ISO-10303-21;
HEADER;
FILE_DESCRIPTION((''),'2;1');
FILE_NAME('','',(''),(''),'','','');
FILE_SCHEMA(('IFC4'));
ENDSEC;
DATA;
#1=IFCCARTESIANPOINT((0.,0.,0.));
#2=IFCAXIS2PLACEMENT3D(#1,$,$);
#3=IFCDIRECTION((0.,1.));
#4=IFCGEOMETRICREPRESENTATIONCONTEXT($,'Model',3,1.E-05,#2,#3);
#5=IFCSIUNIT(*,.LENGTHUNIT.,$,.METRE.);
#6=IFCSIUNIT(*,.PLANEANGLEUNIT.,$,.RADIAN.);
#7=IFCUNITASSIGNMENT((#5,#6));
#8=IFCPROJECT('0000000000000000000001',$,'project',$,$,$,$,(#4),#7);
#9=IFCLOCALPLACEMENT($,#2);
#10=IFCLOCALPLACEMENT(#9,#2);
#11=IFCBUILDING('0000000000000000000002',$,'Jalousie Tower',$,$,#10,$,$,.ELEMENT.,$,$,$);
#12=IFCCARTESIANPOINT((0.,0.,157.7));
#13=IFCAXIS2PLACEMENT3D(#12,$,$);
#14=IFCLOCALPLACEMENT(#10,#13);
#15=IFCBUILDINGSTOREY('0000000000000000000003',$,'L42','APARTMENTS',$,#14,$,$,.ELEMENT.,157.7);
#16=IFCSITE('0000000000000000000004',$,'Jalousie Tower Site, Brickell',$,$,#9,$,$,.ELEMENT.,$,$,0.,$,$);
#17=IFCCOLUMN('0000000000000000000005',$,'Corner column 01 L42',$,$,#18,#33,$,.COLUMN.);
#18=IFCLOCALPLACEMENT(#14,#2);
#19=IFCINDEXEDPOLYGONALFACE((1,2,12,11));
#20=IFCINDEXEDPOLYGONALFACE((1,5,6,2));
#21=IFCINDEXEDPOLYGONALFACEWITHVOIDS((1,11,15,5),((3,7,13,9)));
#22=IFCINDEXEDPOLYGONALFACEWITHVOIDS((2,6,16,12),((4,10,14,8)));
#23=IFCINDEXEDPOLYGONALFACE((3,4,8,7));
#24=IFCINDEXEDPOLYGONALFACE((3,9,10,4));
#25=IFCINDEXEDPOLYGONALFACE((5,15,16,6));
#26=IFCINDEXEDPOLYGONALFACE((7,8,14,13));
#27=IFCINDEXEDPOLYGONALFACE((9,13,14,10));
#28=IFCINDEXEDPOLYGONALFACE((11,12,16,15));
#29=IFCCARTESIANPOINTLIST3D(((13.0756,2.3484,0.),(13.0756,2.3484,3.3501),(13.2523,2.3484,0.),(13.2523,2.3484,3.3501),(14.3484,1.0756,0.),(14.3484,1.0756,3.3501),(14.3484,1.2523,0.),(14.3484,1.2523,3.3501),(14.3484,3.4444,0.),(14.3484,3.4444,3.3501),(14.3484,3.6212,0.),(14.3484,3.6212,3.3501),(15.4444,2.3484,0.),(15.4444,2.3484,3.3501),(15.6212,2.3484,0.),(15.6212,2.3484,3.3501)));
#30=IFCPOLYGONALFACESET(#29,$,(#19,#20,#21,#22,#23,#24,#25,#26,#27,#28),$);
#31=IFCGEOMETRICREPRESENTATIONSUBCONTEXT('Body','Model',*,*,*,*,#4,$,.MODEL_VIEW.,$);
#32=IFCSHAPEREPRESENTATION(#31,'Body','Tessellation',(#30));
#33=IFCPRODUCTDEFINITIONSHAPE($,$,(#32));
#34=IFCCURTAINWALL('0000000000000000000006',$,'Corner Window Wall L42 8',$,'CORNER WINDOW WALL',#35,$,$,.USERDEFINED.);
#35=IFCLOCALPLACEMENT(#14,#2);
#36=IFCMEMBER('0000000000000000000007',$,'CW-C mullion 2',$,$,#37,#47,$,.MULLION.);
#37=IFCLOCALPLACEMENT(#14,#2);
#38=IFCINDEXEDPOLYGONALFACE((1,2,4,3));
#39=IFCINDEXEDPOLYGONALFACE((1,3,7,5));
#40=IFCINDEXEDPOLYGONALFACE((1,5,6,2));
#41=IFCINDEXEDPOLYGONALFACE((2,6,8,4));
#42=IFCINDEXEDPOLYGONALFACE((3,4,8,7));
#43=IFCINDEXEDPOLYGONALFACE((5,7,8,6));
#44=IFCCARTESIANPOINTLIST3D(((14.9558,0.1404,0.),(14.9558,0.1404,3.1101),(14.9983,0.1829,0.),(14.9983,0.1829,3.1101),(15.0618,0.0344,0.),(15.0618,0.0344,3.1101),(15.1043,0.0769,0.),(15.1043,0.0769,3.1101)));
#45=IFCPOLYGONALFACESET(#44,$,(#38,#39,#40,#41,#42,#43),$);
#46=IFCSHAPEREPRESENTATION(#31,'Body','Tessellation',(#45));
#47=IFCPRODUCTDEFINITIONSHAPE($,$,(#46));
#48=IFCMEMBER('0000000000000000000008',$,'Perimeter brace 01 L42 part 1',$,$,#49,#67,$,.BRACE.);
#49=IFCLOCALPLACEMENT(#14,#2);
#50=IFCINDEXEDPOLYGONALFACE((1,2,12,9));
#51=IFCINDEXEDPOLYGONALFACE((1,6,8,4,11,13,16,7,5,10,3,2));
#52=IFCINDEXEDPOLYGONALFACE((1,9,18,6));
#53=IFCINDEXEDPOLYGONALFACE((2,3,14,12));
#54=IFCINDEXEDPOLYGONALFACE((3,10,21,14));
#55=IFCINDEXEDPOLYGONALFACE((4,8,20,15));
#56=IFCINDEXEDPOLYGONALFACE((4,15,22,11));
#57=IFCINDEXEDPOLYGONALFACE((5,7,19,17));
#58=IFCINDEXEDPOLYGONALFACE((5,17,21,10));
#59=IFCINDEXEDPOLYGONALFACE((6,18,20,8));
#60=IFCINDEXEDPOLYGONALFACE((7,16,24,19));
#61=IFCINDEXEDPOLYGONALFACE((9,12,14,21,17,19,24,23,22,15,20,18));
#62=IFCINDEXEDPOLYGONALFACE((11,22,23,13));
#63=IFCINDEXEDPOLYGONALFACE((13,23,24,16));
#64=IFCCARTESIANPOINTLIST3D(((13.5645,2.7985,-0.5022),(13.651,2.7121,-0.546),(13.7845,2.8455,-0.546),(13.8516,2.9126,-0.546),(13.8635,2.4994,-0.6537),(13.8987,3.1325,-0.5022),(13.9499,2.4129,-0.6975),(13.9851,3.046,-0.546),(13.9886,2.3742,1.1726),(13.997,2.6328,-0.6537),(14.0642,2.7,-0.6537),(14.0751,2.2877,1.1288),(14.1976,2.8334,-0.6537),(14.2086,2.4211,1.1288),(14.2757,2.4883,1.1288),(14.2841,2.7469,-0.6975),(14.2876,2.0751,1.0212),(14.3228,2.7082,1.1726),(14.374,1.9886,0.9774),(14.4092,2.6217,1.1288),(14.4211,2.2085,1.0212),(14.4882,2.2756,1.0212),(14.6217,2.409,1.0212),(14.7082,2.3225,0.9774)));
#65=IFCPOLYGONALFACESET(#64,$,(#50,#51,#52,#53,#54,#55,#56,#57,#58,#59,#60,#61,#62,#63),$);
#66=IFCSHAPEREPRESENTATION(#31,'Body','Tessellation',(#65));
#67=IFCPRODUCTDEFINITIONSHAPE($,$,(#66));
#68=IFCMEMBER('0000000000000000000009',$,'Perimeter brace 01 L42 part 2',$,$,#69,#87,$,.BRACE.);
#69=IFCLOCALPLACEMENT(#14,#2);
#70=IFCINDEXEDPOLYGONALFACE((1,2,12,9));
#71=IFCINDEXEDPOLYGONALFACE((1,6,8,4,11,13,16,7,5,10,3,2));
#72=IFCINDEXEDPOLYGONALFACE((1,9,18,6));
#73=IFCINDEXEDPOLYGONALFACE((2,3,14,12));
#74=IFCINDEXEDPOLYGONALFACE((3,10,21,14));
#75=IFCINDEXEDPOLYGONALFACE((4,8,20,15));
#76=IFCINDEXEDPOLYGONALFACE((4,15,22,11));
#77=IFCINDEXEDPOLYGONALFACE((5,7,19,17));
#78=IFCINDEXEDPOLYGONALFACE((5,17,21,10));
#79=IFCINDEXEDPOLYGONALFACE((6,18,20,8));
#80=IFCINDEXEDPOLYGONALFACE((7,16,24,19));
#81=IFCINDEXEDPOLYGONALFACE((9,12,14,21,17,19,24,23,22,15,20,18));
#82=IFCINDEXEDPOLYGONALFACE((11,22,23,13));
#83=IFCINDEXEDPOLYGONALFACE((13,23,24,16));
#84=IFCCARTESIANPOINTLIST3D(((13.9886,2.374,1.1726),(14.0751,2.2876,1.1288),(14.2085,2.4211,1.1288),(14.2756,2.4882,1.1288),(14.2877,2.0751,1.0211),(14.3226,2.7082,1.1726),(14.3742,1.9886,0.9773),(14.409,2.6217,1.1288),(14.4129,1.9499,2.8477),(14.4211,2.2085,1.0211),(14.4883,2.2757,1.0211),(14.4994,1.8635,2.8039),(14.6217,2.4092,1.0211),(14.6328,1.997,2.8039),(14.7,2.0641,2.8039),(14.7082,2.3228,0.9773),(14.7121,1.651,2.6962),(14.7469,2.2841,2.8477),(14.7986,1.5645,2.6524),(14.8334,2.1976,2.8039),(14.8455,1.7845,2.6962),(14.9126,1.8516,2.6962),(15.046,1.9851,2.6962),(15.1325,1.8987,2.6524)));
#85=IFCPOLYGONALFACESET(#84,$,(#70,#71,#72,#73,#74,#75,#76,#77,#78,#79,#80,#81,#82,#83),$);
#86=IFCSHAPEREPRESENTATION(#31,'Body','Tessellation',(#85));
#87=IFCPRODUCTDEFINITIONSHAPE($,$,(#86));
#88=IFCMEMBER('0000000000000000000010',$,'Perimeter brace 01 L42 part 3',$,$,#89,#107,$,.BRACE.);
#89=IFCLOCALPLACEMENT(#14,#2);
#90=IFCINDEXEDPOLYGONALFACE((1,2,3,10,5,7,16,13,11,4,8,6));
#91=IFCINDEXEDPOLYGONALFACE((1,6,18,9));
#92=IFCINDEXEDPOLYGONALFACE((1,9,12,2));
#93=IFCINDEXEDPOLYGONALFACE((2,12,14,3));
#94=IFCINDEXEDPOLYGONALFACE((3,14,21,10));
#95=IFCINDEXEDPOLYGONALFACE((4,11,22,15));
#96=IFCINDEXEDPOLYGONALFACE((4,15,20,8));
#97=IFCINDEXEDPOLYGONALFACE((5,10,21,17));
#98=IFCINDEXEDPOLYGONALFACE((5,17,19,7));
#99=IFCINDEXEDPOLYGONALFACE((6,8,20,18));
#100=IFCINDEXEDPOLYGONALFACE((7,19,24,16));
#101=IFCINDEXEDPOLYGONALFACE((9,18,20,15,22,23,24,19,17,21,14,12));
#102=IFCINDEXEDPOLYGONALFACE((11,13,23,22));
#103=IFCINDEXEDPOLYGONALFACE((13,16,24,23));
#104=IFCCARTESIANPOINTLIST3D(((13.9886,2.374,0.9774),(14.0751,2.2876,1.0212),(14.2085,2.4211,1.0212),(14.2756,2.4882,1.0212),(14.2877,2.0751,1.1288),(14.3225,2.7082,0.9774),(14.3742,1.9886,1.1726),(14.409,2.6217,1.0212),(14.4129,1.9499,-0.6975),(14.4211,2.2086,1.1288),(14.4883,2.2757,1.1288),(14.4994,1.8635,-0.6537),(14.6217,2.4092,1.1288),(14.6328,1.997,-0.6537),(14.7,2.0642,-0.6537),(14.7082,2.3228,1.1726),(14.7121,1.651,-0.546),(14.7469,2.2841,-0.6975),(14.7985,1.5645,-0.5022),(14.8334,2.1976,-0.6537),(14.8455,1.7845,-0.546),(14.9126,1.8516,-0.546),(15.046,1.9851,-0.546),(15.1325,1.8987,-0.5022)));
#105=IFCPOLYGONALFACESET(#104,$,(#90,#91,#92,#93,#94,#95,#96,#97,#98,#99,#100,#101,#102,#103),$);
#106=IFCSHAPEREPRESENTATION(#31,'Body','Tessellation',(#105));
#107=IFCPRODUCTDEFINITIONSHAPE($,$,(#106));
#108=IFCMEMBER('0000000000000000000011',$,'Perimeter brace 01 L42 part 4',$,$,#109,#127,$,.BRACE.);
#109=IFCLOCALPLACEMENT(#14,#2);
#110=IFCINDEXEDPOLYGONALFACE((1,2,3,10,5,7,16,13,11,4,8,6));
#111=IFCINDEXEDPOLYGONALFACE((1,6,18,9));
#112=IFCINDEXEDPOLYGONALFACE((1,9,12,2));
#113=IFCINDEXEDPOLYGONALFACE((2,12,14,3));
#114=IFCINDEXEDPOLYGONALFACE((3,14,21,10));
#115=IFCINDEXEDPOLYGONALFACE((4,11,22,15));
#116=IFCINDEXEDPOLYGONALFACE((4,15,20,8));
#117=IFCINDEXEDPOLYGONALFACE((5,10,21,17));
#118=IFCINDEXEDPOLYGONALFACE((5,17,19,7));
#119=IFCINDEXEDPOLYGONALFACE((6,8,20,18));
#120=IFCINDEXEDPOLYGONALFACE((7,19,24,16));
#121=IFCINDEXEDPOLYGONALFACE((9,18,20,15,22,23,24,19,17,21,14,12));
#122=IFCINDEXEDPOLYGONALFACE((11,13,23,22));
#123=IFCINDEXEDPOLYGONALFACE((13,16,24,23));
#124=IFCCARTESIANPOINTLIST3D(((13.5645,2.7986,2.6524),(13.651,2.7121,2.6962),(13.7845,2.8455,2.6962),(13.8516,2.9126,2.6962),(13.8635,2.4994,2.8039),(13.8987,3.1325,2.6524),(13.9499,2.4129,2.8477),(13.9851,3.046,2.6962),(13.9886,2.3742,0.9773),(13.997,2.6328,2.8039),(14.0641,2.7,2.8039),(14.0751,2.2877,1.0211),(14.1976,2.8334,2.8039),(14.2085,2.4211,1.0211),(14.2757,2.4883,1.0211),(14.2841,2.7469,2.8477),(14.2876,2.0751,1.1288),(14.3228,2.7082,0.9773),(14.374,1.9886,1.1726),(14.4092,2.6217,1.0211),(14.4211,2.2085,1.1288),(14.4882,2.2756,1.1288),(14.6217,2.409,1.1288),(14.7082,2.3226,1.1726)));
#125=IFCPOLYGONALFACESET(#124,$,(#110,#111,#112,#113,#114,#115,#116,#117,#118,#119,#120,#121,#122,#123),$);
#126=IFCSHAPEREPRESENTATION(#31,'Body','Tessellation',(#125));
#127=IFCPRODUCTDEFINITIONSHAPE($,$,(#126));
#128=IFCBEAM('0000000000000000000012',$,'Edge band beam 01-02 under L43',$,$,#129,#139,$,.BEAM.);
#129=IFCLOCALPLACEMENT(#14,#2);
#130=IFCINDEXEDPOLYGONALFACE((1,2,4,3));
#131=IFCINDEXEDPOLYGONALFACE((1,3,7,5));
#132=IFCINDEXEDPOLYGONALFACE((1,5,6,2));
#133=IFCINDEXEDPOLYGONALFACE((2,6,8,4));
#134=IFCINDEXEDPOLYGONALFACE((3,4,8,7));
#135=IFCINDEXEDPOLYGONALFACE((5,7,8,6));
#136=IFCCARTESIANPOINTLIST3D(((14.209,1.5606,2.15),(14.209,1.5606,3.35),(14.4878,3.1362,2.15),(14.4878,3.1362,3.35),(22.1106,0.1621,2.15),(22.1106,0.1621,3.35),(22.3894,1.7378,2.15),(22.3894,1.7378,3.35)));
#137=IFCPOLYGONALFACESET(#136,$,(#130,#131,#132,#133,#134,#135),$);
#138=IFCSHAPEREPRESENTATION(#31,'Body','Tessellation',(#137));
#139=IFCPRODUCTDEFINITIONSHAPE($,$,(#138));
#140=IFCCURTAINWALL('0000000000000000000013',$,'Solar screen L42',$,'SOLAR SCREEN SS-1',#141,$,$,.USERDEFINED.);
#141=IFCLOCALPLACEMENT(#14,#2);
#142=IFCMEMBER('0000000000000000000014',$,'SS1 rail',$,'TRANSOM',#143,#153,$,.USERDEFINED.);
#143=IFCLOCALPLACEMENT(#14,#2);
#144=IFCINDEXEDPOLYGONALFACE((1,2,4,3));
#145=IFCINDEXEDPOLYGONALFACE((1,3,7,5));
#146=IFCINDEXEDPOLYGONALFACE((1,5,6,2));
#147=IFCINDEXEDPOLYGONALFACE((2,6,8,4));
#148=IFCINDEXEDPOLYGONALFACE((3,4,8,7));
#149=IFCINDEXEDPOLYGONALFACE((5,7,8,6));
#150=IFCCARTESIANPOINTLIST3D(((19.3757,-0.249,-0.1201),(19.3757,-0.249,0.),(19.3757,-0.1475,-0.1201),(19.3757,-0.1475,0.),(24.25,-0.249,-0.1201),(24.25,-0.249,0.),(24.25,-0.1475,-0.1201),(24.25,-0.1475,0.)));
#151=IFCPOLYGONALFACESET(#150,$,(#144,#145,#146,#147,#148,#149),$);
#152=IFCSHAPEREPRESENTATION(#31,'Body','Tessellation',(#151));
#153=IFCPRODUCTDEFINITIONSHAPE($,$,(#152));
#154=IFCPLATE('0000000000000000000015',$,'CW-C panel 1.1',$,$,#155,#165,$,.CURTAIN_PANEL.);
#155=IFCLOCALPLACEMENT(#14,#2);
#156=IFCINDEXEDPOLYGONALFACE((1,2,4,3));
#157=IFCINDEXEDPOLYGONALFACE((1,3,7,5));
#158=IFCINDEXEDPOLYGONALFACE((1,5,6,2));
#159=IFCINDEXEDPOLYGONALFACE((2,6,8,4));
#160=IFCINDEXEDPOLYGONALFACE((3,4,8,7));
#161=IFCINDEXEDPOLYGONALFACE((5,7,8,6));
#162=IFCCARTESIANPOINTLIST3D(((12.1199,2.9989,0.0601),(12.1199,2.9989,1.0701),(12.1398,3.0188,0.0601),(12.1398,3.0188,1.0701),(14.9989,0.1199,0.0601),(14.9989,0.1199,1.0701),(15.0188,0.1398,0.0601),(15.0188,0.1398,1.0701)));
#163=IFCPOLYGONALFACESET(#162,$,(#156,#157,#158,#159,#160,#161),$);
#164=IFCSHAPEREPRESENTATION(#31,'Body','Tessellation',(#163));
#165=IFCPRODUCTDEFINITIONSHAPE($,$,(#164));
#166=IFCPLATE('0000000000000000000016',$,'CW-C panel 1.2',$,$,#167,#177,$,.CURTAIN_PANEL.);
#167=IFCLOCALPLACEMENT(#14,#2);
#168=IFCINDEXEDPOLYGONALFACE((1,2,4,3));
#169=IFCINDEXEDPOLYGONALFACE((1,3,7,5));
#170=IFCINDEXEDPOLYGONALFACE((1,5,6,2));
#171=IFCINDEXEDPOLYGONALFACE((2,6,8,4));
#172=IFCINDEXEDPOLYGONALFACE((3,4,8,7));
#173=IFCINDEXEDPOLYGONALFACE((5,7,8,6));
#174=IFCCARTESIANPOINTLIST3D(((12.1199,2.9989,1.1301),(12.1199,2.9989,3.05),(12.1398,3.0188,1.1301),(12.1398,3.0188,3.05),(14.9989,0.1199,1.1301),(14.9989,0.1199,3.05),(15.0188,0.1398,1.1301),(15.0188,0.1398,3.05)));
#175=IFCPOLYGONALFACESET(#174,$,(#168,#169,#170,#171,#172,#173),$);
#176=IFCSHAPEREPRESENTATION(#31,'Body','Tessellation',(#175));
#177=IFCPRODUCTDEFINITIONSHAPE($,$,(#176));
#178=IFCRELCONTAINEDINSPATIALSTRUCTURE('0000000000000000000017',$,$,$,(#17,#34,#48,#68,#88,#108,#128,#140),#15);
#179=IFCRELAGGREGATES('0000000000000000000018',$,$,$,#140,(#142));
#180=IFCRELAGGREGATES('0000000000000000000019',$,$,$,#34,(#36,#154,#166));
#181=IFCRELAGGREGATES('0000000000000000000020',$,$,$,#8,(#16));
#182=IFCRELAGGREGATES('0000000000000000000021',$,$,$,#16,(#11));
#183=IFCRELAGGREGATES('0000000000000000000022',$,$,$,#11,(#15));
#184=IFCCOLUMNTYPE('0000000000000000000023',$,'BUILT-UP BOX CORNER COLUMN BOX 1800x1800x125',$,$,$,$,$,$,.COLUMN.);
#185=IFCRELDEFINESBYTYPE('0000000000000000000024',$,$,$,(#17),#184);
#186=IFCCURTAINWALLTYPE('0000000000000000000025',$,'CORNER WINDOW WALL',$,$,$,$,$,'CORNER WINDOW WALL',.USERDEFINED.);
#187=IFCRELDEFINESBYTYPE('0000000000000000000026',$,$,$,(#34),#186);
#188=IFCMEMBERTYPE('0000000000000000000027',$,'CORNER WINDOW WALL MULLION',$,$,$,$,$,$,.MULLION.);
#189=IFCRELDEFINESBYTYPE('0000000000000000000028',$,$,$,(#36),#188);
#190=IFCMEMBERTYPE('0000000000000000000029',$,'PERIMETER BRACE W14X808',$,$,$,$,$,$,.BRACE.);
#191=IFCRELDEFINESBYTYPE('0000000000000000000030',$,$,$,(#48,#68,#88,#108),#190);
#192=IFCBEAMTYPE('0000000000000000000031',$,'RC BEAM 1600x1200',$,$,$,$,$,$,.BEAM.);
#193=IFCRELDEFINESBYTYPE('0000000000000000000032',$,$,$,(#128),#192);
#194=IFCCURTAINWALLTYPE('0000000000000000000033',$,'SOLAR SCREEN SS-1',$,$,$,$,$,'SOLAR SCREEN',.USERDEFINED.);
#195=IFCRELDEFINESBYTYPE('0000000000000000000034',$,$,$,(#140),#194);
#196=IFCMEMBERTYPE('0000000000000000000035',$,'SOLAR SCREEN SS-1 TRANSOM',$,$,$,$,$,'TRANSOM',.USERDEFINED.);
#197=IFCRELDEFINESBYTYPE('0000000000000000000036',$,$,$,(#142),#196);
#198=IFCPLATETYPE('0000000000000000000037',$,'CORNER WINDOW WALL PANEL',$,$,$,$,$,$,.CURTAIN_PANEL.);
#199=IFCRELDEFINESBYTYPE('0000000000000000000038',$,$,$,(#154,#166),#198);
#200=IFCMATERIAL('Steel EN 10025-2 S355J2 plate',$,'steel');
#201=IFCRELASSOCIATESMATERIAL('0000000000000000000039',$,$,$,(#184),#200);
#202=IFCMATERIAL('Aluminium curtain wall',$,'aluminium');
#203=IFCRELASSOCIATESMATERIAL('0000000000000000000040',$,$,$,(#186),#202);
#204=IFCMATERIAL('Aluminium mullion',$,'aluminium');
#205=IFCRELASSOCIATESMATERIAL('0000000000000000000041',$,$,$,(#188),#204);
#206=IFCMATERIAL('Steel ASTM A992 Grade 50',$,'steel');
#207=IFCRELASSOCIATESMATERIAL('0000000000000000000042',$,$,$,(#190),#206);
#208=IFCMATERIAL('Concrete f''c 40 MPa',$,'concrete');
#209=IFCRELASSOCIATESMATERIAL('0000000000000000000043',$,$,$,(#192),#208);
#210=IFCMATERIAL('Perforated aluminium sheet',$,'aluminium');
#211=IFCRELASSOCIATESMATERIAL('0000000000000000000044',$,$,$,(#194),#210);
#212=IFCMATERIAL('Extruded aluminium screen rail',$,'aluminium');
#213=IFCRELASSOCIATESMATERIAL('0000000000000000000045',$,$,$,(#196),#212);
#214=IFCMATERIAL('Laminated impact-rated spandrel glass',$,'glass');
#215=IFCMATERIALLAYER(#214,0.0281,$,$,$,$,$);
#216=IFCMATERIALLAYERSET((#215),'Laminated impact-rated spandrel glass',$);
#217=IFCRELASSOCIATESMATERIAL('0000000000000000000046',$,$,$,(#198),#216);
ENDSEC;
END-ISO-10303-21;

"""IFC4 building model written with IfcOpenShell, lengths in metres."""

from ifc_helpers import new_model, si_unit, direction, frame, origin, origin_2d, place, context, subcontext, project, spatial, rectangle, hollow_rectangle, i_section, extrude, material, layer, layer_set, material_profile, profile_set, type_object, element, aggregate, save


model = new_model("IFC4")

# Units and contexts
model_context = context("Model", 3, precision=1e-05, world=origin(), true_north=direction((0.0, 1.0)))
body_context = subcontext(model_context, "Body", "Model", "MODEL_VIEW")
ifc_project = project(units=[si_unit("LENGTHUNIT", "METRE"), si_unit("PLANEANGLEUNIT", "RADIAN")], contexts=[model_context])

# Site, building, storey
site_placement = place(None, origin())
site = spatial("IfcSite", under=ifc_project, at=site_placement, Name="Jalousie Tower Site, Brickell", CompositionType="ELEMENT", RefElevation=0.0)
building_placement = place(site_placement, origin())
building = spatial("IfcBuilding", under=site, at=building_placement, Name="Jalousie Tower", CompositionType="ELEMENT")
storey_placement = place(building_placement, frame((0.0, 0.0, 157.7)))
storey = spatial("IfcBuildingStorey", under=building, at=storey_placement, Name="L42", Description="APARTMENTS", CompositionType="ELEMENT", Elevation=157.7)

# Column
ifc_material_1 = material(Name="Steel EN 10025-2 S355J2 plate", Category="steel")
ifc_material_profile_1 = material_profile(ifc_material_1, hollow_rectangle(XDim=1.8, YDim=1.8, WallThickness=0.125, at=origin_2d()), Name="BOX 1800x1800x125")
ifc_profile_set_1 = profile_set([ifc_material_profile_1], Name="Steel EN 10025-2 S355J2 plate")
column_type = type_object("IfcColumnType", Name="BUILT-UP BOX CORNER COLUMN BOX 1800x1800x125", PredefinedType="COLUMN", material=ifc_profile_set_1)
column_placement = place(storey_placement, frame((14.3484, 2.3484, 0.0), z_axis=(0.0, 0.0, 1.0), x_axis=(0.707107, 0.707107, 0.0)))
element("IfcColumn", 1, at=column_placement, inside=storey, type_object=column_type, Name="Corner column 01 L42", PredefinedType="COLUMN", context=body_context, shape_type="SweptSolid", body=[
    extrude(hollow_rectangle(XDim=1.8, YDim=1.8, WallThickness=0.125, at=origin_2d()), origin(), (0.0, 0.0, 1.0), 3.3501),
])

# Curtain wall, member
ifc_material_2 = material(Name="Aluminium curtain wall", Category="aluminium")
curtain_wall_type_1 = type_object("IfcCurtainWallType", Name="CORNER WINDOW WALL", ElementType="CORNER WINDOW WALL", PredefinedType="USERDEFINED", material=ifc_material_2)
curtain_wall_1_placement = place(storey_placement, origin())
curtain_wall_1 = element("IfcCurtainWall", 2, at=curtain_wall_1_placement, inside=storey, type_object=curtain_wall_type_1, Name="Corner Window Wall L42 8", ObjectType="CORNER WINDOW WALL", PredefinedType="USERDEFINED")
ifc_material_3 = material(Name="Aluminium mullion", Category="aluminium")
ifc_material_profile_2 = material_profile(ifc_material_3, rectangle(XDim=0.0601, YDim=0.1499, at=origin_2d()), Name="MULLION 60x150")
ifc_profile_set_2 = profile_set([ifc_material_profile_2], Name="Aluminium mullion")
member_type_1 = type_object("IfcMemberType", Name="CORNER WINDOW WALL MULLION", PredefinedType="MULLION", material=ifc_profile_set_2)
member_1_placement = place(storey_placement, frame((15.03, 0.1086, 0.0), z_axis=(0.0, 0.0, 1.0), x_axis=(0.707107, 0.707107, 0.0)))
member_1 = element("IfcMember", 3, at=member_1_placement, type_object=member_type_1, Name="CW-C mullion 2", PredefinedType="MULLION", context=body_context, shape_type="SweptSolid", body=[
    extrude(rectangle(XDim=0.0601, YDim=0.1499, at=origin_2d()), origin(), (0.0, 0.0, 1.0), 3.1101),
])

# Members
ifc_material_4 = material(Name="Steel ASTM A992 Grade 50", Category="steel")
ifc_material_profile_3 = material_profile(ifc_material_4, i_section(OverallWidth=0.4724, OverallDepth=0.5791, WebThickness=0.095, FlangeThickness=0.1299, at=origin_2d()), Name="W14X808")
ifc_profile_set_3 = profile_set([ifc_material_profile_3], Name="Steel ASTM A992 Grade 50")
member_type_2 = type_object("IfcMemberType", Name="PERIMETER BRACE W14X808", PredefinedType="BRACE", material=ifc_profile_set_3)
member_2_placement = place(storey_placement, frame((13.9243, 2.7727, -0.5999), z_axis=(0.238376, -0.238514, 0.941429), x_axis=(0.70731, 0.706903, 0.0)))
element("IfcMember", 4, at=member_2_placement, inside=storey, type_object=member_type_2, Name="Perimeter brace 01 L42 part 1", PredefinedType="BRACE", context=body_context, shape_type="SweptSolid", body=[
    extrude(i_section(OverallWidth=0.4724, OverallDepth=0.5791, WebThickness=0.095, FlangeThickness=0.1299, at=origin_2d()), origin(), (0.0, 0.0, 1.0), 1.7791),
])
member_3_placement = place(storey_placement, frame((14.3484, 2.3484, 1.075), z_axis=(0.238483, -0.238346, 0.941444), x_axis=(0.706903, 0.70731, 0.0)))
element("IfcMember", 5, at=member_3_placement, inside=storey, type_object=member_type_2, Name="Perimeter brace 01 L42 part 2", PredefinedType="BRACE", context=body_context, shape_type="SweptSolid", body=[
    extrude(i_section(OverallWidth=0.4724, OverallDepth=0.5791, WebThickness=0.095, FlangeThickness=0.1299, at=origin_2d()), origin(), (0.0, 0.0, 1.0), 1.7793),
])
member_4_placement = place(storey_placement, frame((14.7727, 1.9243, -0.5999), z_axis=(-0.238514, 0.238376, 0.941429), x_axis=(-0.706903, -0.70731, 0.0)))
element("IfcMember", 6, at=member_4_placement, inside=storey, type_object=member_type_2, Name="Perimeter brace 01 L42 part 3", PredefinedType="BRACE", context=body_context, shape_type="SweptSolid", body=[
    extrude(i_section(OverallWidth=0.4724, OverallDepth=0.5791, WebThickness=0.095, FlangeThickness=0.1299, at=origin_2d()), origin(), (0.0, 0.0, 1.0), 1.7791),
])
member_5_placement = place(storey_placement, frame((14.3484, 2.3484, 1.075), z_axis=(-0.238346, 0.238483, 0.941444), x_axis=(-0.70731, -0.706903, 0.0)))
element("IfcMember", 7, at=member_5_placement, inside=storey, type_object=member_type_2, Name="Perimeter brace 01 L42 part 4", PredefinedType="BRACE", context=body_context, shape_type="SweptSolid", body=[
    extrude(i_section(OverallWidth=0.4724, OverallDepth=0.5791, WebThickness=0.095, FlangeThickness=0.1299, at=origin_2d()), origin(), (0.0, 0.0, 1.0), 1.7793),
])

# Beam
ifc_material_5 = material(Name="Concrete f'c 40 MPa", Category="concrete")
ifc_material_profile_4 = material_profile(ifc_material_5, rectangle(XDim=1.6001, YDim=1.2, at=origin_2d()), Name="RC 1600x1200")
ifc_profile_set_4 = profile_set([ifc_material_profile_4], Name="Concrete f'c 40 MPa")
beam_type = type_object("IfcBeamType", Name="RC BEAM 1600x1200", PredefinedType="BEAM", material=ifc_profile_set_4)
beam_placement = place(storey_placement, frame((14.3484, 2.3484, 2.75), z_axis=(0.984697, -0.174273, 0.0), x_axis=(0.174273, 0.984697, 0.0)))
element("IfcBeam", 8, at=beam_placement, inside=storey, type_object=beam_type, Name="Edge band beam 01-02 under L43", PredefinedType="BEAM", context=body_context, shape_type="SweptSolid", body=[
    extrude(rectangle(XDim=1.6001, YDim=1.2, at=origin_2d()), origin(), (0.0, 0.0, 1.0), 8.0244),
])

# Curtain wall, member
ifc_material_6 = material(Name="Perforated aluminium sheet", Category="aluminium")
curtain_wall_type_2 = type_object("IfcCurtainWallType", Name="SOLAR SCREEN SS-1", ElementType="SOLAR SCREEN", PredefinedType="USERDEFINED", material=ifc_material_6)
curtain_wall_2_placement = place(storey_placement, origin())
curtain_wall_2 = element("IfcCurtainWall", 9, at=curtain_wall_2_placement, inside=storey, type_object=curtain_wall_type_2, Name="Solar screen L42", ObjectType="SOLAR SCREEN SS-1", PredefinedType="USERDEFINED")
ifc_material_7 = material(Name="Extruded aluminium screen rail", Category="aluminium")
ifc_material_profile_5 = material_profile(ifc_material_7, rectangle(XDim=0.1016, YDim=0.1201, at=origin_2d()), Name="RAIL 102x120")
ifc_profile_set_5 = profile_set([ifc_material_profile_5], Name="Extruded aluminium screen rail")
member_type_3 = type_object("IfcMemberType", Name="SOLAR SCREEN SS-1 TRANSOM", ElementType="TRANSOM", PredefinedType="USERDEFINED", material=ifc_profile_set_5)
member_6_placement = place(storey_placement, frame((19.3757, -0.1982, -0.0601), z_axis=(1.0, 0.0, 0.0), x_axis=(0.0, 1.0, 0.0)))
member_6 = element("IfcMember", 10, at=member_6_placement, type_object=member_type_3, Name="SS1 rail", ObjectType="TRANSOM", PredefinedType="USERDEFINED", context=body_context, shape_type="SweptSolid", body=[
    extrude(rectangle(XDim=0.1016, YDim=0.1201, at=origin_2d()), origin(), (0.0, 0.0, 1.0), 4.8743),
])
aggregate(curtain_wall_2, [member_6])

# Plates
ifc_material_8 = material(Name="Laminated impact-rated spandrel glass", Category="glass")
ifc_layer = layer(ifc_material_8, 0.0281)
ifc_layer_set = layer_set([ifc_layer], Name="Laminated impact-rated spandrel glass")
plate_type = type_object("IfcPlateType", Name="CORNER WINDOW WALL PANEL", PredefinedType="CURTAIN_PANEL", material=ifc_layer_set)
plate_1_placement = place(storey_placement, frame((13.5693, 1.5693, 0.0601), z_axis=(0.0, 0.0, 1.0), x_axis=(0.707107, -0.707107, 0.0)))
plate_1 = element("IfcPlate", 11, at=plate_1_placement, type_object=plate_type, Name="CW-C panel 1.1", PredefinedType="CURTAIN_PANEL", context=body_context, shape_type="SweptSolid", body=[
    extrude(rectangle(XDim=4.0715, YDim=0.0281, at=origin_2d()), origin(), (0.0, 0.0, 1.0), 1.01),
])
plate_2_placement = place(storey_placement, frame((13.5693, 1.5693, 1.1301), z_axis=(0.0, 0.0, 1.0), x_axis=(0.707107, -0.707107, 0.0)))
plate_2 = element("IfcPlate", 12, at=plate_2_placement, type_object=plate_type, Name="CW-C panel 1.2", PredefinedType="CURTAIN_PANEL", context=body_context, shape_type="SweptSolid", body=[
    extrude(rectangle(XDim=4.0715, YDim=0.0281, at=origin_2d()), origin(), (0.0, 0.0, 1.0), 1.9199),
])
aggregate(curtain_wall_1, [member_1, plate_1, plate_2])

save(model, "model.ifc")
